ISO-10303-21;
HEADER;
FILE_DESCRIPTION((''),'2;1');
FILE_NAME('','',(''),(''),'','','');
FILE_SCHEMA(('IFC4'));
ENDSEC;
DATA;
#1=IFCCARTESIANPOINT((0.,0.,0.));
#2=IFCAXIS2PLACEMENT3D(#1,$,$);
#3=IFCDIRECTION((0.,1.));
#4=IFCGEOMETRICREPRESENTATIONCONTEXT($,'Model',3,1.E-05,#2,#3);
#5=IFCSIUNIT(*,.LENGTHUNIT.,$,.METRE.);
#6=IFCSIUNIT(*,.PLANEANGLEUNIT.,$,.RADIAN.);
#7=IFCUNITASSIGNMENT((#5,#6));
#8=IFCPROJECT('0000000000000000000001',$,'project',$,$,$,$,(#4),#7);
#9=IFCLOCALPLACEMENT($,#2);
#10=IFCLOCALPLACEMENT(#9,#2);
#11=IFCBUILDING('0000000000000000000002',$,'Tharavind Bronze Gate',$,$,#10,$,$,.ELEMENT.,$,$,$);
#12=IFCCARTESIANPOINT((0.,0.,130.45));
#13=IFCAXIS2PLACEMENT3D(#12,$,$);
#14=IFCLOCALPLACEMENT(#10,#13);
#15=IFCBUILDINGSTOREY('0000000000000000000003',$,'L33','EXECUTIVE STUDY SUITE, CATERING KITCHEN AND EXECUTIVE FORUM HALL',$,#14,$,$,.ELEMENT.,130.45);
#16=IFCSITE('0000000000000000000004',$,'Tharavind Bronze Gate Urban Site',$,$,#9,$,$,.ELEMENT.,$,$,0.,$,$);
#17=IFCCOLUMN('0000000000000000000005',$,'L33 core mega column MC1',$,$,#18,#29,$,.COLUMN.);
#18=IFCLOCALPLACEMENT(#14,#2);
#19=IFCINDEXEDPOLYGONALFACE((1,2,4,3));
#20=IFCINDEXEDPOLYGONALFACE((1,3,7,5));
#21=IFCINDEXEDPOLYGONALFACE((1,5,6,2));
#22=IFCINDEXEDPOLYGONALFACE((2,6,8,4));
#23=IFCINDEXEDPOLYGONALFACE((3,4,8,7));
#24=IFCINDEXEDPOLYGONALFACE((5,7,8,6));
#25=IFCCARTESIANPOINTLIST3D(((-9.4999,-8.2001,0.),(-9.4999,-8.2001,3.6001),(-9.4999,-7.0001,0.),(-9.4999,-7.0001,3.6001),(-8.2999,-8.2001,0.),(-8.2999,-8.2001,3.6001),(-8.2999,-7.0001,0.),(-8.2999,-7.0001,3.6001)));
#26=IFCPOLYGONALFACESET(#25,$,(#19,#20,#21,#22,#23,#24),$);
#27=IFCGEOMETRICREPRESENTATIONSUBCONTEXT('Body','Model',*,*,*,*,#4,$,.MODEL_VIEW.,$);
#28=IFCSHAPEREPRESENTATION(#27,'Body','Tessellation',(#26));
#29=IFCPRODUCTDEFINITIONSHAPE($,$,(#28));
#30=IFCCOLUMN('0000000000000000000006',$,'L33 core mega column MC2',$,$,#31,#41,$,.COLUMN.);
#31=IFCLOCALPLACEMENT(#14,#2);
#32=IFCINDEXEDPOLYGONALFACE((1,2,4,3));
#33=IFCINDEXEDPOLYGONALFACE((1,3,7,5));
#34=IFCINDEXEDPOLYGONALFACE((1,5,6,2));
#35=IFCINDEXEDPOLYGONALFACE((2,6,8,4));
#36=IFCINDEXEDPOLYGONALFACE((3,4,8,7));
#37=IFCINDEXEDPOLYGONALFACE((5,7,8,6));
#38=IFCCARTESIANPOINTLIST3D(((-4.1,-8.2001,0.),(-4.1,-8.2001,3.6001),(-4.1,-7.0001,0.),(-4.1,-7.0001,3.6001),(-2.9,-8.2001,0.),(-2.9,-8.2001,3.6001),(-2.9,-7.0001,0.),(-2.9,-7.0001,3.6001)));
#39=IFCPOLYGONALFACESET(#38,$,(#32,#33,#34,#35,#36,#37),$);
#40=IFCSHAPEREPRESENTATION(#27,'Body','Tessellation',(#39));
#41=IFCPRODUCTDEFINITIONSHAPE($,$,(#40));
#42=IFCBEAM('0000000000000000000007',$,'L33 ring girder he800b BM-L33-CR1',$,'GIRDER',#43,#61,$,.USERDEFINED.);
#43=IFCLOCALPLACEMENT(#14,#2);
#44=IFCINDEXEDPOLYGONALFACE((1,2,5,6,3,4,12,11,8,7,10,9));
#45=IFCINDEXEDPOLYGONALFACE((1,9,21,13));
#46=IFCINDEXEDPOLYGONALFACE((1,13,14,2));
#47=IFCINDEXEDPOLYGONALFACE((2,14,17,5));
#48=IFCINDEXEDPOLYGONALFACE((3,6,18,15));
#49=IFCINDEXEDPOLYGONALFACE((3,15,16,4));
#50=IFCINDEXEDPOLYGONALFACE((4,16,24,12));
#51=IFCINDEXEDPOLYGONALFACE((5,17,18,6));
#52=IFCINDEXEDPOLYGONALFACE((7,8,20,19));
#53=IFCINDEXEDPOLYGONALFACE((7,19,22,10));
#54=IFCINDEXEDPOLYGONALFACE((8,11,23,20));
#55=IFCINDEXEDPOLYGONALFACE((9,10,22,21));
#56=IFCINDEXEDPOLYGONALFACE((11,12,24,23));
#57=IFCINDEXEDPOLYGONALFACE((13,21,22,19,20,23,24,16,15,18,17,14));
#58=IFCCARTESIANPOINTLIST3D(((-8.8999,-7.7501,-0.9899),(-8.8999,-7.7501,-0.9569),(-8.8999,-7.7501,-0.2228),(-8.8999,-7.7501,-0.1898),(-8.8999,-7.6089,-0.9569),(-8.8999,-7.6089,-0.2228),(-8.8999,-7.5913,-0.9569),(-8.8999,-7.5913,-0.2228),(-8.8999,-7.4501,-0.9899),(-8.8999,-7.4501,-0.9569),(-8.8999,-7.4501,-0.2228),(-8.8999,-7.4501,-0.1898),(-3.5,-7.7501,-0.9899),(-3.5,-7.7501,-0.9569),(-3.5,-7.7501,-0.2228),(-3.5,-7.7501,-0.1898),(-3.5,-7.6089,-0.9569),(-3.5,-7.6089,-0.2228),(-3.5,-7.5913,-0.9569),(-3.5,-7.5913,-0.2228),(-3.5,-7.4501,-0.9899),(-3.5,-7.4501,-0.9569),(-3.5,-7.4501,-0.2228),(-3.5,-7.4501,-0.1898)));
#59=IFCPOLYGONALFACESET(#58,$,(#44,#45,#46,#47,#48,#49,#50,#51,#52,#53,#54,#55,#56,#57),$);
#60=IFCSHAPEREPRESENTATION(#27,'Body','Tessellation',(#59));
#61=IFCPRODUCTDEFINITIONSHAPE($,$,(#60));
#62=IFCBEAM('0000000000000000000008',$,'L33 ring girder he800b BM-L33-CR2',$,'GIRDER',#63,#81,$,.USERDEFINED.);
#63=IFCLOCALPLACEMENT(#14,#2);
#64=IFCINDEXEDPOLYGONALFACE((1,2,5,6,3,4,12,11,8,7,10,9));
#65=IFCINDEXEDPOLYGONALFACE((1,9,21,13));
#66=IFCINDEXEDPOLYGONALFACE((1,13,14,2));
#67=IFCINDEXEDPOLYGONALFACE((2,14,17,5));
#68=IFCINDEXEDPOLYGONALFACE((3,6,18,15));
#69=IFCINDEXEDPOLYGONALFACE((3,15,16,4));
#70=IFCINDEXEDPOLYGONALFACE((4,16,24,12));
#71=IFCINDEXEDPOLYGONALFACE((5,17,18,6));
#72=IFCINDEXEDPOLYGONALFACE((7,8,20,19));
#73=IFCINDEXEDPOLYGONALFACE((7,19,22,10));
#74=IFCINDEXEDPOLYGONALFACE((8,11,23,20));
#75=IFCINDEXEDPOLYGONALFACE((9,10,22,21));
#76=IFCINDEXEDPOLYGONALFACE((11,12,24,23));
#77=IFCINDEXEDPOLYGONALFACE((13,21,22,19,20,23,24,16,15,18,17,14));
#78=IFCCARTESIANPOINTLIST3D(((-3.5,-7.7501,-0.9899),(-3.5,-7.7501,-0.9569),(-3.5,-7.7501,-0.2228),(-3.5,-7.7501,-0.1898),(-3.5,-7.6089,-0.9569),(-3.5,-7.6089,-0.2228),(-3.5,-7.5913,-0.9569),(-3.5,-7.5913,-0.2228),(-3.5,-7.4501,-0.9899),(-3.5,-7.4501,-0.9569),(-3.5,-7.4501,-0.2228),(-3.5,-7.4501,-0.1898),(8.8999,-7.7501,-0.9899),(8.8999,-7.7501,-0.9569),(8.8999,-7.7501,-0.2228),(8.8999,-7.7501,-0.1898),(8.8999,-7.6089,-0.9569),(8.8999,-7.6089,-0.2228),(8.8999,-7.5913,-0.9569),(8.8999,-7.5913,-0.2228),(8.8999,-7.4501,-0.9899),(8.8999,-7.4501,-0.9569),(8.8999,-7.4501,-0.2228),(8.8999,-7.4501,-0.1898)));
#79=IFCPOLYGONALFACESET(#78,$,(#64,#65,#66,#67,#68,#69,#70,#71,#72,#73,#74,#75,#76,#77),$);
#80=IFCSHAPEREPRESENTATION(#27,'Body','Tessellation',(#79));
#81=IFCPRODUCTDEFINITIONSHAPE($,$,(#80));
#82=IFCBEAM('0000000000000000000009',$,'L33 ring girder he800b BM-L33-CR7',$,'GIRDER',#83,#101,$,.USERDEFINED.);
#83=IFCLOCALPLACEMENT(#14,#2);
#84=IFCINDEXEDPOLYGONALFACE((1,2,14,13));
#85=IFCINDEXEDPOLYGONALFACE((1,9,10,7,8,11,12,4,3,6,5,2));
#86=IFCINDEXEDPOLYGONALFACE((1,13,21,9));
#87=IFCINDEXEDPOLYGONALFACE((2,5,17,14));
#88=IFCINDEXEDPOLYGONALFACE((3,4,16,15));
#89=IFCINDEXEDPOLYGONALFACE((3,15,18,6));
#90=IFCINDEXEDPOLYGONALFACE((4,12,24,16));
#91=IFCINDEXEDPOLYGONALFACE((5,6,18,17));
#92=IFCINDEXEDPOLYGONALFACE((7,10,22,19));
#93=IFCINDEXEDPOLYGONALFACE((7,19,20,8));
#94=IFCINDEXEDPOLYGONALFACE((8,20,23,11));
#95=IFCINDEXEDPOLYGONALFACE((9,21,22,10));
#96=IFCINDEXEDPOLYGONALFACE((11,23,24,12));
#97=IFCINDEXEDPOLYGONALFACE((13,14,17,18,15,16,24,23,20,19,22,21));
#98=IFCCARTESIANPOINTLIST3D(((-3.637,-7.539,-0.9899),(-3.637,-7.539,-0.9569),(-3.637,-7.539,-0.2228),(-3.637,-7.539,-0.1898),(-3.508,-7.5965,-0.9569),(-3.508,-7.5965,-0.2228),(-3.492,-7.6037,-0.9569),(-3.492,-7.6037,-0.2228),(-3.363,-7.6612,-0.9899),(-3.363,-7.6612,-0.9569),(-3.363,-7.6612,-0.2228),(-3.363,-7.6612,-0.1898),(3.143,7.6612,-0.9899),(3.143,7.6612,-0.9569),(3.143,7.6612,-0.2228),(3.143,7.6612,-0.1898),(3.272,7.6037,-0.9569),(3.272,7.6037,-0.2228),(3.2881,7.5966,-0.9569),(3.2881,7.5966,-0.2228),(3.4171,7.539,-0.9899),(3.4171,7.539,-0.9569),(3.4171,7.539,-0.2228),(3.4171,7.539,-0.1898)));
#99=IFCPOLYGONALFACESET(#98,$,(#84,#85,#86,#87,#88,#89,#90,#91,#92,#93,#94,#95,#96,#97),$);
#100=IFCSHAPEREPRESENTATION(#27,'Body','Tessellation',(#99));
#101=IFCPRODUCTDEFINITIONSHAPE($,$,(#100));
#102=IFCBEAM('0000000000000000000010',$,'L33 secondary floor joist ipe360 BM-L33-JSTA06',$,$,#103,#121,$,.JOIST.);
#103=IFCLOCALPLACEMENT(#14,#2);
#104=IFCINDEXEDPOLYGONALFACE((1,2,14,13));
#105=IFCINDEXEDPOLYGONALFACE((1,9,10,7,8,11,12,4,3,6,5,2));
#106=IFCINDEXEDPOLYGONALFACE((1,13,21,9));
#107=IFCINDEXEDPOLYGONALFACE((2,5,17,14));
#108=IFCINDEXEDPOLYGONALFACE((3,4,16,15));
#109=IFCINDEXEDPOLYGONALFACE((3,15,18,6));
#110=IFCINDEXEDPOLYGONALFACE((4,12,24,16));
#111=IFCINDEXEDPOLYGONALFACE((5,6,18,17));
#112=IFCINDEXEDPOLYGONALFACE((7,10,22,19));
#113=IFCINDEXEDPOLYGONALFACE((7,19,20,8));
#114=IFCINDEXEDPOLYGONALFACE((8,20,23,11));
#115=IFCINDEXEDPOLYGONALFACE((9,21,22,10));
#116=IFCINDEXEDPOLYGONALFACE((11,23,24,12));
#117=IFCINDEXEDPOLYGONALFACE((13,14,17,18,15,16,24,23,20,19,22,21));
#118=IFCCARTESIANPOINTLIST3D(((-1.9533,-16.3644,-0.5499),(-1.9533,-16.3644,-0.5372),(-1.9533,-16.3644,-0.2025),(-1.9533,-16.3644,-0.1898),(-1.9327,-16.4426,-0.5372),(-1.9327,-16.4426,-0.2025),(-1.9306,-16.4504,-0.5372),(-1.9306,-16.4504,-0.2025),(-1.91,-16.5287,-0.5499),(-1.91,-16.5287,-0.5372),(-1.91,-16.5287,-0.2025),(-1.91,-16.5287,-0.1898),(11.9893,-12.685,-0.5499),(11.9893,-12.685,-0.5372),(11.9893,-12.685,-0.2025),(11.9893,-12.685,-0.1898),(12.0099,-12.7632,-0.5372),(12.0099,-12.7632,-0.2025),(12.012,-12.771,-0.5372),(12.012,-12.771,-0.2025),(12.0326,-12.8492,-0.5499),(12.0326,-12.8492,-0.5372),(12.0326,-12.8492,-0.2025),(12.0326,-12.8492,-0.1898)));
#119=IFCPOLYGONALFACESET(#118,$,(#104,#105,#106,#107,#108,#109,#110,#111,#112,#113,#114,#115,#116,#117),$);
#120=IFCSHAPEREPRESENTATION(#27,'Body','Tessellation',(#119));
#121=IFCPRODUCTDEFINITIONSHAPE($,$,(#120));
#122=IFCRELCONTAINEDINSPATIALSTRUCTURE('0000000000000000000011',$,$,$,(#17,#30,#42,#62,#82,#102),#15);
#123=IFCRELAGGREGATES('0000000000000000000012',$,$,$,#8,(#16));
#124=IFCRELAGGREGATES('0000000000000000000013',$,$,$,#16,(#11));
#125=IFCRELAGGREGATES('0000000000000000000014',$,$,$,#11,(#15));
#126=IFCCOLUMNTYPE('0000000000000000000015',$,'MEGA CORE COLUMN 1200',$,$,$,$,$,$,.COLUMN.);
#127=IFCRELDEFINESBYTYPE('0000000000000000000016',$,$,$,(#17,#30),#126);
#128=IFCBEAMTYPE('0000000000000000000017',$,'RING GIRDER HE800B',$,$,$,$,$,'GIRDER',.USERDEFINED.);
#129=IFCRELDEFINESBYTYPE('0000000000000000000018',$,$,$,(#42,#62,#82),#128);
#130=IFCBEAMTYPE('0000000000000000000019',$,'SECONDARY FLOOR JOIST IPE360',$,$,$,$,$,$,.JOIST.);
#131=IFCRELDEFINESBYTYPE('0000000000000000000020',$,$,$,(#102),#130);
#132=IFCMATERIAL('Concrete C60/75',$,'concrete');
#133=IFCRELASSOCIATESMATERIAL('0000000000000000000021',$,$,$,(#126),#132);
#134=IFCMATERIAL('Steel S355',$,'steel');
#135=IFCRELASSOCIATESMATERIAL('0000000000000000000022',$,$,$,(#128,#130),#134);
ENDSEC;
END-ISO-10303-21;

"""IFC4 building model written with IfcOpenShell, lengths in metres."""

from ifc_helpers import new_model, si_unit, direction, frame, origin, origin_2d, place, context, subcontext, project, spatial, rectangle, i_section, extrude, material, material_profile, profile_set, type_object, element, save


model = new_model("IFC4")

# Units and contexts
model_context = context("Model", 3, precision=1e-05, world=origin(), true_north=direction((0.0, 1.0)))
body_context = subcontext(model_context, "Body", "Model", "MODEL_VIEW")
ifc_project = project(units=[si_unit("LENGTHUNIT", "METRE"), si_unit("PLANEANGLEUNIT", "RADIAN")], contexts=[model_context])

# Site, building, storey
site_placement = place(None, origin())
site = spatial("IfcSite", under=ifc_project, at=site_placement, Name="Tharavind Bronze Gate Urban Site", CompositionType="ELEMENT", RefElevation=0.0)
building_placement = place(site_placement, origin())
building = spatial("IfcBuilding", under=site, at=building_placement, Name="Tharavind Bronze Gate", CompositionType="ELEMENT")
storey_placement = place(building_placement, frame((0.0, 0.0, 130.45)))
storey = spatial("IfcBuildingStorey", under=building, at=storey_placement, Name="L33", Description="EXECUTIVE STUDY SUITE, CATERING KITCHEN AND EXECUTIVE FORUM HALL", CompositionType="ELEMENT", Elevation=130.45)

# Columns
ifc_material_1 = material(Name="Concrete C60/75", Category="concrete")
ifc_material_profile_1 = material_profile(ifc_material_1, rectangle(XDim=1.2, YDim=1.2, at=origin_2d()), Name="RCCOL1200")
ifc_profile_set_1 = profile_set([ifc_material_profile_1], Name="Concrete C60/75")
column_type = type_object("IfcColumnType", Name="MEGA CORE COLUMN 1200", PredefinedType="COLUMN", material=ifc_profile_set_1)
for number, where, z_axis, x_axis, name in (
    (1, (-8.8999, -7.6001, 0.0), (0.0, 0.0, 1.0), (1.0, 0.0, 0.0), "L33 core mega column MC1"),
    (2, (-3.5, -7.6001, 0.0), (0.0, 0.0, 1.0), (1.0, 0.0, 0.0), "L33 core mega column MC2"),
):
    element("IfcColumn", number, at=place(storey_placement, frame(where, z_axis=z_axis, x_axis=x_axis)), inside=storey, type_object=column_type, Name=name, PredefinedType="COLUMN", context=body_context, shape_type="SweptSolid", body=[
        extrude(rectangle(XDim=1.2, YDim=1.2, at=origin_2d()), origin(), (0.0, 0.0, 1.0), 3.6001),
    ])

# Beams
ifc_material_2 = material(Name="Steel S355", Category="steel")
ifc_material_profile_2 = material_profile(ifc_material_2, i_section(OverallWidth=0.3, OverallDepth=0.8, WebThickness=0.0176, FlangeThickness=0.033, at=origin_2d()), Name="HE800B")
ifc_profile_set_2 = profile_set([ifc_material_profile_2], Name="Steel S355")
beam_type_1 = type_object("IfcBeamType", Name="RING GIRDER HE800B", ElementType="GIRDER", PredefinedType="USERDEFINED", material=ifc_profile_set_2)
beam_1_placement = place(storey_placement, frame((-8.8999, -7.6001, -0.5898), z_axis=(1.0, 0.0, 0.0), x_axis=(0.0, 1.0, 0.0)))
element("IfcBeam", 3, at=beam_1_placement, inside=storey, type_object=beam_type_1, Name="L33 ring girder he800b BM-L33-CR1", ObjectType="GIRDER", PredefinedType="USERDEFINED", context=body_context, shape_type="SweptSolid", body=[
    extrude(i_section(OverallWidth=0.3, OverallDepth=0.8, WebThickness=0.0176, FlangeThickness=0.033, at=origin_2d()), origin(), (0.0, 0.0, 1.0), 5.3999),
])
beam_2_placement = place(storey_placement, frame((-3.5, -7.6001, -0.5898), z_axis=(1.0, 0.0, 0.0), x_axis=(0.0, 1.0, 0.0)))
element("IfcBeam", 4, at=beam_2_placement, inside=storey, type_object=beam_type_1, Name="L33 ring girder he800b BM-L33-CR2", ObjectType="GIRDER", PredefinedType="USERDEFINED", context=body_context, shape_type="SweptSolid", body=[
    extrude(i_section(OverallWidth=0.3, OverallDepth=0.8, WebThickness=0.0176, FlangeThickness=0.033, at=origin_2d()), origin(), (0.0, 0.0, 1.0), 12.3999),
])
beam_3_placement = place(storey_placement, frame((-3.5, -7.6001, -0.5898), z_axis=(0.407362, 0.913267, 0.0), x_axis=(-0.913267, 0.407362, 0.0)))
element("IfcBeam", 5, at=beam_3_placement, inside=storey, type_object=beam_type_1, Name="L33 ring girder he800b BM-L33-CR7", ObjectType="GIRDER", PredefinedType="USERDEFINED", context=body_context, shape_type="SweptSolid", body=[
    extrude(i_section(OverallWidth=0.3, OverallDepth=0.8, WebThickness=0.0176, FlangeThickness=0.033, at=origin_2d()), origin(), (0.0, 0.0, 1.0), 16.6438),
])
ifc_material_profile_3 = material_profile(ifc_material_2, i_section(OverallWidth=0.1699, OverallDepth=0.3601, WebThickness=0.0081, FlangeThickness=0.0127, at=origin_2d()), Name="IPE360")
ifc_profile_set_3 = profile_set([ifc_material_profile_3], Name="Steel S355")
beam_type_2 = type_object("IfcBeamType", Name="SECONDARY FLOOR JOIST IPE360", PredefinedType="JOIST", material=ifc_profile_set_3)
beam_4_placement = place(storey_placement, frame((-1.9316, -16.4465, -0.3699), z_axis=(0.966898, 0.255163, 0.0), x_axis=(-0.255163, 0.966898, 0.0)))
element("IfcBeam", 6, at=beam_4_placement, inside=storey, type_object=beam_type_2, Name="L33 secondary floor joist ipe360 BM-L33-JSTA06", PredefinedType="JOIST", context=body_context, shape_type="SweptSolid", body=[
    extrude(i_section(OverallWidth=0.1699, OverallDepth=0.3601, WebThickness=0.0081, FlangeThickness=0.0127, at=origin_2d()), origin(), (0.0, 0.0, 1.0), 14.4199),
])

save(model, "model.ifc")
